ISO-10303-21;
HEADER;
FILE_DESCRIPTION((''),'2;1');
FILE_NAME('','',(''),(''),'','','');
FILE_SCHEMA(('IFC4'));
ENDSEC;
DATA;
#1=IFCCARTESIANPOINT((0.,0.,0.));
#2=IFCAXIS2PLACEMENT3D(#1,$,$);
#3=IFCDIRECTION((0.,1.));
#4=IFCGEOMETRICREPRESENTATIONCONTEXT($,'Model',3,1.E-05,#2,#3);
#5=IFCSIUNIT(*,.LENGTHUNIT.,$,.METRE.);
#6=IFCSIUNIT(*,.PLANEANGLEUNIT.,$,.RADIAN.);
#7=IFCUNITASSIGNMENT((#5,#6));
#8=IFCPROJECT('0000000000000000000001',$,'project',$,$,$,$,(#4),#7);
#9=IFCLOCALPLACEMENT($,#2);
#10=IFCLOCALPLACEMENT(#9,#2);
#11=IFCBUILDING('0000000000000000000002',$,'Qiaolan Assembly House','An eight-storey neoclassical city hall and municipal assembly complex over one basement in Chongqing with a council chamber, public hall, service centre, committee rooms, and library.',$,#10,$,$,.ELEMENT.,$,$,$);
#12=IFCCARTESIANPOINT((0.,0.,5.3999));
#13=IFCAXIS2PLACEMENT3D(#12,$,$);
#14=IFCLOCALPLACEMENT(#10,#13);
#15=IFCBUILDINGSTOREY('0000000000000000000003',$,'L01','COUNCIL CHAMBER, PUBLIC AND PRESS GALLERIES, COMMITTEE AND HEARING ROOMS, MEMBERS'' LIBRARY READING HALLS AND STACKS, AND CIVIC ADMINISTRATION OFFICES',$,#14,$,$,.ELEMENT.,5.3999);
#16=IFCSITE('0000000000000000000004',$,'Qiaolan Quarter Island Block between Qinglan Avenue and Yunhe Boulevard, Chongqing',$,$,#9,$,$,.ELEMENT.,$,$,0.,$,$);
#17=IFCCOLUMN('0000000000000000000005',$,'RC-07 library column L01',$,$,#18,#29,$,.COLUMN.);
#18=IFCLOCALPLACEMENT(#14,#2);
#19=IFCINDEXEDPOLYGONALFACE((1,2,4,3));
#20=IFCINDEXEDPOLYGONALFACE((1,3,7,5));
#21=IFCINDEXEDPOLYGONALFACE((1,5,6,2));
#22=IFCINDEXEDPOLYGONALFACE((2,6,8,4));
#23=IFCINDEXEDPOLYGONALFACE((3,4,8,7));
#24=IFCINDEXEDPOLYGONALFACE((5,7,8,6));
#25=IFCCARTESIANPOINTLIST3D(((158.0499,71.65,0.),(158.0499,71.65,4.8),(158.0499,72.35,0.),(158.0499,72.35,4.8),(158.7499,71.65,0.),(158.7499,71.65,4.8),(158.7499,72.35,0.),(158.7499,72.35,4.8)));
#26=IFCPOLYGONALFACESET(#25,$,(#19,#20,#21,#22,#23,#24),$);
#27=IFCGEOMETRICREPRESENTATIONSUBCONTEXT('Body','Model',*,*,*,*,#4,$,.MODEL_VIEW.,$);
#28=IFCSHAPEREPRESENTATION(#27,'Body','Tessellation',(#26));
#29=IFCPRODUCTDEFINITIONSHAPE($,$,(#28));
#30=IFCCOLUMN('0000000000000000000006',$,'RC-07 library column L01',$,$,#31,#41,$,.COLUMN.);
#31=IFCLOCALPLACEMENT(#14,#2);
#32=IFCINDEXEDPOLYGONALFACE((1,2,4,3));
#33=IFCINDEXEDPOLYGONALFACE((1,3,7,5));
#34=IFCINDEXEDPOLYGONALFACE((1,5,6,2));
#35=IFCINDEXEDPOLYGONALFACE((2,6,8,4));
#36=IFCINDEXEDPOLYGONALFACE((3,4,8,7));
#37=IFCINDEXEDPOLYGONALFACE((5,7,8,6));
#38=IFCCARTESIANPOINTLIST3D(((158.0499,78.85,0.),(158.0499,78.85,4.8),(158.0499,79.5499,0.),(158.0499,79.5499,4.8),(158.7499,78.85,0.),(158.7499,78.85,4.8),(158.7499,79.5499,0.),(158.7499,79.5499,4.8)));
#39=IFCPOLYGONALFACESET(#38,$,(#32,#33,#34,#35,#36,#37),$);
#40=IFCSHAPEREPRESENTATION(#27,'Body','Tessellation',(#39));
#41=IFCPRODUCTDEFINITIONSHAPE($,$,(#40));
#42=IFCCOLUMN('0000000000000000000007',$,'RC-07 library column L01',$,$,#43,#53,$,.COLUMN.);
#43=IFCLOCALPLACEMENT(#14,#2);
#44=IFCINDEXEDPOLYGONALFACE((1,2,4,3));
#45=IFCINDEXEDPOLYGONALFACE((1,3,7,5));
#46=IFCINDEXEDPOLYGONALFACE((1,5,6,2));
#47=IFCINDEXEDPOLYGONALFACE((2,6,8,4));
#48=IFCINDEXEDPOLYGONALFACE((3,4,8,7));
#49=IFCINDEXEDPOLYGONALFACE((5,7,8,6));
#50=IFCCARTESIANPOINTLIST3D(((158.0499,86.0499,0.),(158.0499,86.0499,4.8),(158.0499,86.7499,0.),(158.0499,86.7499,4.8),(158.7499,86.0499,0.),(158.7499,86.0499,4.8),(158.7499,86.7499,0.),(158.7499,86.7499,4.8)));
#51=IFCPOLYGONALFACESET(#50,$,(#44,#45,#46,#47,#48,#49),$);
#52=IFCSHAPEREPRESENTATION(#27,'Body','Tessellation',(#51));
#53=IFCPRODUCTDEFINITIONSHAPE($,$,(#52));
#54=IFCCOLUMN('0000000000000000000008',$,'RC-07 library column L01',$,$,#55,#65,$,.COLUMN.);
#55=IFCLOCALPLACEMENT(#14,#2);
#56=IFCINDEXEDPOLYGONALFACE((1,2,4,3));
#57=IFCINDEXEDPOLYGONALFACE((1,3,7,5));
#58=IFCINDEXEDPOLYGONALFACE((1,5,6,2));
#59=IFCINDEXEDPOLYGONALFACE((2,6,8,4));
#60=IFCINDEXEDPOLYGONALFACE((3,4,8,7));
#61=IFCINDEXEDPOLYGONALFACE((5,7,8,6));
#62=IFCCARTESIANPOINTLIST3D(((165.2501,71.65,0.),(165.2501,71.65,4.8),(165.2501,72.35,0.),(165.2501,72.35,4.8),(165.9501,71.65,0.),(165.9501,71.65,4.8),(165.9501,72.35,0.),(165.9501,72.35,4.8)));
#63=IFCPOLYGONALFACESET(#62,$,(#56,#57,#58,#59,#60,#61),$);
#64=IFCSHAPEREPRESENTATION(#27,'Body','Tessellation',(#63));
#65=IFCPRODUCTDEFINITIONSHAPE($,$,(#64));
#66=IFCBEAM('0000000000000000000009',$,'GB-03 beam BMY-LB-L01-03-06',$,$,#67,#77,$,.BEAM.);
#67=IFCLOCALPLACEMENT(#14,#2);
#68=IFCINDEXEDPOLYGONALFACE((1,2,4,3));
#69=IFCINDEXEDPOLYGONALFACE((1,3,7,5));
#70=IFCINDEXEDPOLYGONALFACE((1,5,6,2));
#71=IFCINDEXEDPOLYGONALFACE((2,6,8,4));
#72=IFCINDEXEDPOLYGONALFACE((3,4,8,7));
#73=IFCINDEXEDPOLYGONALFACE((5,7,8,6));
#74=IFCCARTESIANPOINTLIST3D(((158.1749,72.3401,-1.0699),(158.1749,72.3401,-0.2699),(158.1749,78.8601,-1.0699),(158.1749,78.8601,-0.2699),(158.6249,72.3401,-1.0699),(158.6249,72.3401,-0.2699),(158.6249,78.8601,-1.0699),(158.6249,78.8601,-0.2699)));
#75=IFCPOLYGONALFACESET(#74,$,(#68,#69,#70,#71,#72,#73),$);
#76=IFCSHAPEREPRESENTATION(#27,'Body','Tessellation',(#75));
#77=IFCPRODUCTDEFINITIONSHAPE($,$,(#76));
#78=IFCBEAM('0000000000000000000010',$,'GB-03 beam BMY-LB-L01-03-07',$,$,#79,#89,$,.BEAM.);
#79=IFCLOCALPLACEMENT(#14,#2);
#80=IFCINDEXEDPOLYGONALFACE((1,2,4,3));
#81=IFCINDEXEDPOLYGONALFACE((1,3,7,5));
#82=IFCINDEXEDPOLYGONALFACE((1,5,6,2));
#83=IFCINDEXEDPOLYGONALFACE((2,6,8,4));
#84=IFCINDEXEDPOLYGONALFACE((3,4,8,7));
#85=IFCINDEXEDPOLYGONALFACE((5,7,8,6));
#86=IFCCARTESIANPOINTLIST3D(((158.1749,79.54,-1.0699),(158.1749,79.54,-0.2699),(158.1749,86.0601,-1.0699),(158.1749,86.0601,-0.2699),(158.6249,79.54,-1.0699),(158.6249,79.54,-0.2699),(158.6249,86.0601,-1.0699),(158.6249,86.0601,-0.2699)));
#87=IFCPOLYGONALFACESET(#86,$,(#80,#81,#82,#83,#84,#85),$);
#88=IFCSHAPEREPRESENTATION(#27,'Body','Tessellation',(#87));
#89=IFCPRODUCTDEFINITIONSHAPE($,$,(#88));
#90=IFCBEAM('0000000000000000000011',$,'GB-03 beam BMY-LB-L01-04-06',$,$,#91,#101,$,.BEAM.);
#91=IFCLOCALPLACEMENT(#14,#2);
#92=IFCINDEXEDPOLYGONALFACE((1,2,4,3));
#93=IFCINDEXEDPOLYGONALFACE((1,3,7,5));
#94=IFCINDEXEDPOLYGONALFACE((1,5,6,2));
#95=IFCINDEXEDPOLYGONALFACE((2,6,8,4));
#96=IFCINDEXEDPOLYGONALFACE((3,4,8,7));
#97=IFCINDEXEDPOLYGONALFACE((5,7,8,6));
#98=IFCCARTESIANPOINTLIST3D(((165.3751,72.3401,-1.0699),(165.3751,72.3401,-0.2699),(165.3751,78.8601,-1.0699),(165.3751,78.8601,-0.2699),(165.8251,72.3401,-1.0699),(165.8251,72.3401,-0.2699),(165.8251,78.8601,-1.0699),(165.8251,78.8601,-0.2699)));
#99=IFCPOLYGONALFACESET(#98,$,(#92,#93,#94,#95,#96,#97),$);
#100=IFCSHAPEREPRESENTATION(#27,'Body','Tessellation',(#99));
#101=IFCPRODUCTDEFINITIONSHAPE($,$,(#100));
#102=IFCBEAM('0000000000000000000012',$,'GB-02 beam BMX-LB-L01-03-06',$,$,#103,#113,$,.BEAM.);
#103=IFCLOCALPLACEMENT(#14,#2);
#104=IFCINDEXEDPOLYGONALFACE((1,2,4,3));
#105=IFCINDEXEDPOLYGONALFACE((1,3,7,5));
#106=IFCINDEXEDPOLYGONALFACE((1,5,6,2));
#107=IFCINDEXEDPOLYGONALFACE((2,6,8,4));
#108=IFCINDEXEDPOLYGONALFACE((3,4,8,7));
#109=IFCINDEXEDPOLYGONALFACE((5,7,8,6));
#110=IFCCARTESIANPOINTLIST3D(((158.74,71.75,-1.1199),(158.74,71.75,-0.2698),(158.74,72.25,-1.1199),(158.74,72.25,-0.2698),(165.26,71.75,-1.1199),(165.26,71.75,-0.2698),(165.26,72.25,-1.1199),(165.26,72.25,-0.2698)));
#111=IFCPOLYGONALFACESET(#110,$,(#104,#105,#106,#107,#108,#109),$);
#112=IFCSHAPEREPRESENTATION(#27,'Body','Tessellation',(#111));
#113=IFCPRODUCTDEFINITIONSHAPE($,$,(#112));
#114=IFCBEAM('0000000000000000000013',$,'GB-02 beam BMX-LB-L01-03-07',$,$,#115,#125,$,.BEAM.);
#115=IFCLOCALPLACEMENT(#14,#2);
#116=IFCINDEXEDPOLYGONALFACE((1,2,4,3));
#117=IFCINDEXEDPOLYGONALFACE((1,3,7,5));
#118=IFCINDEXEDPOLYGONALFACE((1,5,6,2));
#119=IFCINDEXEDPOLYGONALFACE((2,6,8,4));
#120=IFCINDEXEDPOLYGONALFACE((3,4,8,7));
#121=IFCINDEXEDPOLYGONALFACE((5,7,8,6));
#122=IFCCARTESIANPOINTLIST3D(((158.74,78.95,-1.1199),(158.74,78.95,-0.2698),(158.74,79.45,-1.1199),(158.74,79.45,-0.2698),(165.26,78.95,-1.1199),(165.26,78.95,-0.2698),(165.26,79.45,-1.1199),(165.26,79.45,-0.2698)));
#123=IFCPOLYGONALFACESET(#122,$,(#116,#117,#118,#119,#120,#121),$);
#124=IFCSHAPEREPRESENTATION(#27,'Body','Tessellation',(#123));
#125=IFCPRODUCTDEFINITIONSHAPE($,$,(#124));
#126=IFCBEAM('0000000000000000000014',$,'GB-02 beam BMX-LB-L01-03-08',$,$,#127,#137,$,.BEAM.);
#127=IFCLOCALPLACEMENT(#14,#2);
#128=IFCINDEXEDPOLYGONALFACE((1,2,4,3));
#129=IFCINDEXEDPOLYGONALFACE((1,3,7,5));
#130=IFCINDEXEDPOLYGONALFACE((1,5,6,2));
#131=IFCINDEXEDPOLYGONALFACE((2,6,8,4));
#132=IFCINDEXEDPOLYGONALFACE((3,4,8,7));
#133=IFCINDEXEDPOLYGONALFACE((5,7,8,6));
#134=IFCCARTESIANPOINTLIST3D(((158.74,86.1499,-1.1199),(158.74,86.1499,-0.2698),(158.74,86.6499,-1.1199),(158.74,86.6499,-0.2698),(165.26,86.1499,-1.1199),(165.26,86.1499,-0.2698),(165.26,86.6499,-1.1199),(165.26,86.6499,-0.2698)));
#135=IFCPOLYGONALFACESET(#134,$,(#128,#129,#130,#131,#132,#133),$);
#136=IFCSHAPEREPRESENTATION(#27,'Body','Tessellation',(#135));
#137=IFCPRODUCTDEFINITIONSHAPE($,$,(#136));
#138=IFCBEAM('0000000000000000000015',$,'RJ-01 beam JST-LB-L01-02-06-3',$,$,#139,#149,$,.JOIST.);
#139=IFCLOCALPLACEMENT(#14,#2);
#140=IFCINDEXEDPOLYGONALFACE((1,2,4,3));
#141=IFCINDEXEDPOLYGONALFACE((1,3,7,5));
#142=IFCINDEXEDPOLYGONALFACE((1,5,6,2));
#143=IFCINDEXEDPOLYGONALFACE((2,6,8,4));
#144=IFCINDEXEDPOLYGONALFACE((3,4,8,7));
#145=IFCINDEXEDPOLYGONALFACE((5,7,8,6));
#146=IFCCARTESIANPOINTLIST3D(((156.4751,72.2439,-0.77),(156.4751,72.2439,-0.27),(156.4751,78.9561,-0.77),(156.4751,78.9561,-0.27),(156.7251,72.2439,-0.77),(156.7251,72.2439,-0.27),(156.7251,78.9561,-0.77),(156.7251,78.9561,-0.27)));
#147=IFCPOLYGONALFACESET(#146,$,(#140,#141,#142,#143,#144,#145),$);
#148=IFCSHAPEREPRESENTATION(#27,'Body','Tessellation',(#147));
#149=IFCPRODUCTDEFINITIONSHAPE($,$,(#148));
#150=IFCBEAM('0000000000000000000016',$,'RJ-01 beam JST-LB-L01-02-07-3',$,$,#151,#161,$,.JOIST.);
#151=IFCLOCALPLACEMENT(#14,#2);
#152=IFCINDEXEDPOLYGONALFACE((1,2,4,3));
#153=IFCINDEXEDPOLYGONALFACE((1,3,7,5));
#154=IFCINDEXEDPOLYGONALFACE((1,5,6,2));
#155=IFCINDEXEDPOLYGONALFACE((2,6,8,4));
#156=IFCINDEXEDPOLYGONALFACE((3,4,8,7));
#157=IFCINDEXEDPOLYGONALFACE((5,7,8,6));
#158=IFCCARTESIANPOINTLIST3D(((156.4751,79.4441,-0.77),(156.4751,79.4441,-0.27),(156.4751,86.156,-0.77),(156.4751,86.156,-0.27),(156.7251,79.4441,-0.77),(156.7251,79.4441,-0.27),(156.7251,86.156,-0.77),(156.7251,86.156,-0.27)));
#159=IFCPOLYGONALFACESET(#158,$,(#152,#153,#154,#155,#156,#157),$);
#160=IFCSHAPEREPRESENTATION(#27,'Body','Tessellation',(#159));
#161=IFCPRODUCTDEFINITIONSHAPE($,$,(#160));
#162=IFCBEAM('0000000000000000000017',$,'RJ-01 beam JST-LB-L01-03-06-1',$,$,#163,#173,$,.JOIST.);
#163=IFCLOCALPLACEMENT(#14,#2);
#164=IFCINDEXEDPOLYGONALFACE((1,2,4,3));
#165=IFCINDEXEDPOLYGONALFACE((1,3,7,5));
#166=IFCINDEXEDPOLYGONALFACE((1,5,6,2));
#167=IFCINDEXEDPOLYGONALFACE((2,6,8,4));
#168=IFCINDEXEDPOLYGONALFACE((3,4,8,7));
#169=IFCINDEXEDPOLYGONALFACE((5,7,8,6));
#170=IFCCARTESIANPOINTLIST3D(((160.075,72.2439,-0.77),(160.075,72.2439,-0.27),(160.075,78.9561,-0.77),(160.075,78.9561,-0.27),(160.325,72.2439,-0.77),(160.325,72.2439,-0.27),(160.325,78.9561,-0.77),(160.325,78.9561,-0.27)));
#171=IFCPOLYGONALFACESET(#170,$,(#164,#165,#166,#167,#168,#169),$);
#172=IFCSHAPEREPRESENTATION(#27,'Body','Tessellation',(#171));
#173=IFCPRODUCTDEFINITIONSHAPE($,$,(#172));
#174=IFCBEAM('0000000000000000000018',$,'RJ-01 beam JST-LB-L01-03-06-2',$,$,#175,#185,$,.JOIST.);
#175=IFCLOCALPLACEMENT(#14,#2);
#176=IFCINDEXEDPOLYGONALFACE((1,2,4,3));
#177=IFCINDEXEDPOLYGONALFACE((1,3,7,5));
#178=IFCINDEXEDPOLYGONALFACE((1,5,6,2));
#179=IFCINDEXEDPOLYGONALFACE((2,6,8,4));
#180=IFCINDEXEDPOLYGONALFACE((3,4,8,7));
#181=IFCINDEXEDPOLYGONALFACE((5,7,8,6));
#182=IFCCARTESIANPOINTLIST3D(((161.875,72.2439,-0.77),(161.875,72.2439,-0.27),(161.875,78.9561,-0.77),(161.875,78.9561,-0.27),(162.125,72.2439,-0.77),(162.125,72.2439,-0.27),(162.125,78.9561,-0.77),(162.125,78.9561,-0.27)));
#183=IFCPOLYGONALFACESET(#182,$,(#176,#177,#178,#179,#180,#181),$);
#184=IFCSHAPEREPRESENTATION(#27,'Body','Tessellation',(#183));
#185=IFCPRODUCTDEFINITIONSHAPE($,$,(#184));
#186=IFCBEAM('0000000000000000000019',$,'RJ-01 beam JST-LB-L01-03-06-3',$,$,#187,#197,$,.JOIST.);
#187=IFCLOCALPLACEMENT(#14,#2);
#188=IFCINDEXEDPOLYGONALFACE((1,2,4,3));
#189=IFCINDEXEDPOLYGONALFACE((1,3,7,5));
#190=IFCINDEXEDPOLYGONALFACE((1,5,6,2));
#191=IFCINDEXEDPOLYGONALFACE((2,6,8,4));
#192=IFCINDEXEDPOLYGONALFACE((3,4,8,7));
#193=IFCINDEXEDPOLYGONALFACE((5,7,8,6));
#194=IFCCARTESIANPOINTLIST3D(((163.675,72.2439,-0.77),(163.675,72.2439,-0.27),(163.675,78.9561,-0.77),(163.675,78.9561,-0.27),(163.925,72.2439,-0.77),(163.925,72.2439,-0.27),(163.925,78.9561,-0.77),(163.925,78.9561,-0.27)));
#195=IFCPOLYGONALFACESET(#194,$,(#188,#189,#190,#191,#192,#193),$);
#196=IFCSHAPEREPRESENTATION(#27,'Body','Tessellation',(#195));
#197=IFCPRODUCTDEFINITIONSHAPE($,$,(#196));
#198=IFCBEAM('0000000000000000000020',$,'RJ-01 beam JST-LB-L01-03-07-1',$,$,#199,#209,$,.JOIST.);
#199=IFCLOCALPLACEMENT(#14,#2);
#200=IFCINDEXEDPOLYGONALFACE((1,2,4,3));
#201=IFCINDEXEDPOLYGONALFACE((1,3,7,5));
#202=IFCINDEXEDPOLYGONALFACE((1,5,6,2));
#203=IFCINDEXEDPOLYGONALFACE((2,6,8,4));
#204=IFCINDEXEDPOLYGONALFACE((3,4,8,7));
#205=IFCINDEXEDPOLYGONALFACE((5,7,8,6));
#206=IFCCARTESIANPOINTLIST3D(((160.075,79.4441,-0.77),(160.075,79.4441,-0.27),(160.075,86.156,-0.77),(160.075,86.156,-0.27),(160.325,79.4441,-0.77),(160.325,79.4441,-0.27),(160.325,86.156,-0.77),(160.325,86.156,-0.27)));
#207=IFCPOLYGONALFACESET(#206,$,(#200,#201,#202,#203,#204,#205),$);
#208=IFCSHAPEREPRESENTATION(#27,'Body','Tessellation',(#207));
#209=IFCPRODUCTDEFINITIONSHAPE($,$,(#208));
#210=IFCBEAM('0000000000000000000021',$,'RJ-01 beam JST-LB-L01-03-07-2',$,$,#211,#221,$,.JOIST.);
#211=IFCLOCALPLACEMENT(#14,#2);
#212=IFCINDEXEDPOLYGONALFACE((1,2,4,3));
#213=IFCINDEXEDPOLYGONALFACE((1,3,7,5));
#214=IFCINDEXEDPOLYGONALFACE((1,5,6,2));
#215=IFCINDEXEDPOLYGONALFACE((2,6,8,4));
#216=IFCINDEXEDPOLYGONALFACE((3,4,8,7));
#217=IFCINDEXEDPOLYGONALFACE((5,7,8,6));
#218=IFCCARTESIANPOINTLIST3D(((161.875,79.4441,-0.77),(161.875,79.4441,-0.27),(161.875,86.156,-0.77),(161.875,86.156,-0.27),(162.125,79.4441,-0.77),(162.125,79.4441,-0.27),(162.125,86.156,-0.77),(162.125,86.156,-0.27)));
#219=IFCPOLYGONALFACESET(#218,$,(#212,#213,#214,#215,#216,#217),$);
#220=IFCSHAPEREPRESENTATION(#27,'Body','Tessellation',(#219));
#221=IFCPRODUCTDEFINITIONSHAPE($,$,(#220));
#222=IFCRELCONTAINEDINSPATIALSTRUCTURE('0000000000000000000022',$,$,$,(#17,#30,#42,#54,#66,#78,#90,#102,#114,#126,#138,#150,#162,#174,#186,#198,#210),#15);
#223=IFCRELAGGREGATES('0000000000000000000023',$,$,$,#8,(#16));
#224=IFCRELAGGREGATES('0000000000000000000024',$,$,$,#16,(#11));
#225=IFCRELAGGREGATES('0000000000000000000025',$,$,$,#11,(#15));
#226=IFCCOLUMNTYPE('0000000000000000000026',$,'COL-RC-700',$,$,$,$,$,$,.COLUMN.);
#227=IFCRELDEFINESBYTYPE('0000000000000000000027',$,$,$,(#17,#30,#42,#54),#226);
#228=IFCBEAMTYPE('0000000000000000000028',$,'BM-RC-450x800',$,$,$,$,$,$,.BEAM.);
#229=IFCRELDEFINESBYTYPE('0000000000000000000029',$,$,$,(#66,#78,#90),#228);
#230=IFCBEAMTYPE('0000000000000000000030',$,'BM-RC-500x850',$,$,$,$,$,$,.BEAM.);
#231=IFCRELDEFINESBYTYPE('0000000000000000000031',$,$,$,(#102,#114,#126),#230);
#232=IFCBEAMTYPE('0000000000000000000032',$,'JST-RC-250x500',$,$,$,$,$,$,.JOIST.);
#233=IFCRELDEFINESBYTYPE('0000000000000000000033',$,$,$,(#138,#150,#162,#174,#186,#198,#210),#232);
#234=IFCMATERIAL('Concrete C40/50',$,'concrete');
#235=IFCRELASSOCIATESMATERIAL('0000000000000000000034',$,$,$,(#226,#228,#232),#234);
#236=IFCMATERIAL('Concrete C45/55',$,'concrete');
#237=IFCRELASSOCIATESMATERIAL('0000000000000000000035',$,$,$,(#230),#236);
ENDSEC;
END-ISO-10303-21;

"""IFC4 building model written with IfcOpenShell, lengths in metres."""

from ifc_helpers import new_model, si_unit, direction, frame, origin, origin_2d, place, context, subcontext, project, spatial, rectangle, extrude, material, material_profile, profile_set, type_object, element, save


model = new_model("IFC4")

# Units and contexts
model_context = context("Model", 3, precision=1e-05, world=origin(), true_north=direction((0.0, 1.0)))
body_context = subcontext(model_context, "Body", "Model", "MODEL_VIEW")
ifc_project = project(units=[si_unit("LENGTHUNIT", "METRE"), si_unit("PLANEANGLEUNIT", "RADIAN")], contexts=[model_context])

# Site, building, storey
site_placement = place(None, origin())
site = spatial("IfcSite", under=ifc_project, at=site_placement, Name="Qiaolan Quarter Island Block between Qinglan Avenue and Yunhe Boulevard, Chongqing", CompositionType="ELEMENT", RefElevation=0.0)
building_placement = place(site_placement, origin())
building = spatial("IfcBuilding", under=site, at=building_placement, Name="Qiaolan Assembly House", Description="An eight-storey neoclassical city hall and municipal assembly complex over one basement in Chongqing with a council chamber, public hall, service centre, committee rooms, and library.", CompositionType="ELEMENT")
storey_placement = place(building_placement, frame((0.0, 0.0, 5.3999)))
storey = spatial("IfcBuildingStorey", under=building, at=storey_placement, Name="L01", Description="COUNCIL CHAMBER, PUBLIC AND PRESS GALLERIES, COMMITTEE AND HEARING ROOMS, MEMBERS' LIBRARY READING HALLS AND STACKS, AND CIVIC ADMINISTRATION OFFICES", CompositionType="ELEMENT", Elevation=5.3999)

# Columns
ifc_material_1 = material(Name="Concrete C40/50", Category="concrete")
ifc_material_profile_1 = material_profile(ifc_material_1, rectangle(XDim=0.7, YDim=0.7, at=origin_2d()), Name="RC 700x700")
ifc_profile_set_1 = profile_set([ifc_material_profile_1], Name="Concrete C40/50")
column_type = type_object("IfcColumnType", Name="COL-RC-700", PredefinedType="COLUMN", material=ifc_profile_set_1)
for number, where, z_axis, x_axis, name in (
    (1, (158.3999, 72.0, 0.0), (0.0, 0.0, 1.0), (1.0, 0.0, 0.0), "RC-07 library column L01"),
    (2, (158.3999, 79.2, 0.0), (0.0, 0.0, 1.0), (1.0, 0.0, 0.0), "RC-07 library column L01"),
    (3, (158.3999, 86.3999, 0.0), (0.0, 0.0, 1.0), (1.0, 0.0, 0.0), "RC-07 library column L01"),
    (4, (165.6001, 72.0, 0.0), (0.0, 0.0, 1.0), (1.0, 0.0, 0.0), "RC-07 library column L01"),
):
    element("IfcColumn", number, at=place(storey_placement, frame(where, z_axis=z_axis, x_axis=x_axis)), inside=storey, type_object=column_type, Name=name, PredefinedType="COLUMN", context=body_context, shape_type="SweptSolid", body=[
        extrude(rectangle(XDim=0.7, YDim=0.7, at=origin_2d()), origin(), (0.0, 0.0, 1.0), 4.8),
    ])

# Beams
ifc_material_profile_2 = material_profile(ifc_material_1, rectangle(XDim=0.45, YDim=0.8, at=origin_2d()), Name="RCB 450x800")
ifc_profile_set_2 = profile_set([ifc_material_profile_2], Name="Concrete C40/50")
beam_type_1 = type_object("IfcBeamType", Name="BM-RC-450x800", PredefinedType="BEAM", material=ifc_profile_set_2)
for number, where, z_axis, x_axis, name in (
    (5, (158.3999, 72.3401, -0.6699), (0.0, 1.0, 0.0), (-1.0, 0.0, 0.0), "GB-03 beam BMY-LB-L01-03-06"),
    (6, (158.3999, 79.54, -0.6699), (0.0, 1.0, 0.0), (-1.0, 0.0, 0.0), "GB-03 beam BMY-LB-L01-03-07"),
    (7, (165.6001, 72.3401, -0.6699), (0.0, 1.0, 0.0), (-1.0, 0.0, 0.0), "GB-03 beam BMY-LB-L01-04-06"),
):
    element("IfcBeam", number, at=place(storey_placement, frame(where, z_axis=z_axis, x_axis=x_axis)), inside=storey, type_object=beam_type_1, Name=name, PredefinedType="BEAM", context=body_context, shape_type="SweptSolid", body=[
        extrude(rectangle(XDim=0.45, YDim=0.8, at=origin_2d()), origin(), (0.0, 0.0, 1.0), 6.52),
    ])
ifc_material_2 = material(Name="Concrete C45/55", Category="concrete")
ifc_material_profile_3 = material_profile(ifc_material_2, rectangle(XDim=0.5, YDim=0.8501, at=origin_2d()), Name="RCB 500x850")
ifc_profile_set_3 = profile_set([ifc_material_profile_3], Name="Concrete C45/55")
beam_type_2 = type_object("IfcBeamType", Name="BM-RC-500x850", PredefinedType="BEAM", material=ifc_profile_set_3)
for number, where, z_axis, x_axis, name in (
    (8, (158.74, 72.0, -0.6948), (1.0, 0.0, 0.0), (0.0, 1.0, 0.0), "GB-02 beam BMX-LB-L01-03-06"),
    (9, (158.74, 79.2, -0.6948), (1.0, 0.0, 0.0), (0.0, 1.0, 0.0), "GB-02 beam BMX-LB-L01-03-07"),
    (10, (158.74, 86.3999, -0.6948), (1.0, 0.0, 0.0), (0.0, 1.0, 0.0), "GB-02 beam BMX-LB-L01-03-08"),
):
    element("IfcBeam", number, at=place(storey_placement, frame(where, z_axis=z_axis, x_axis=x_axis)), inside=storey, type_object=beam_type_2, Name=name, PredefinedType="BEAM", context=body_context, shape_type="SweptSolid", body=[
        extrude(rectangle(XDim=0.5, YDim=0.8501, at=origin_2d()), origin(), (0.0, 0.0, 1.0), 6.52),
    ])
ifc_material_profile_4 = material_profile(ifc_material_1, rectangle(XDim=0.25, YDim=0.5, at=origin_2d()), Name="RCB 250x500")
ifc_profile_set_4 = profile_set([ifc_material_profile_4], Name="Concrete C40/50")
beam_type_3 = type_object("IfcBeamType", Name="JST-RC-250x500", PredefinedType="JOIST", material=ifc_profile_set_4)
beam_1_placement = place(storey_placement, frame((156.6001, 72.2439, -0.52), z_axis=(0.0, 1.0, 0.0), x_axis=(-1.0, 0.0, 0.0)))
element("IfcBeam", 11, at=beam_1_placement, inside=storey, type_object=beam_type_3, Name="RJ-01 beam JST-LB-L01-02-06-3", PredefinedType="JOIST", context=body_context, shape_type="SweptSolid", body=[
    extrude(rectangle(XDim=0.25, YDim=0.5, at=origin_2d()), origin(), (0.0, 0.0, 1.0), 6.7122),
])
beam_2_placement = place(storey_placement, frame((156.6001, 79.4441, -0.52), z_axis=(0.0, 1.0, 0.0), x_axis=(-1.0, 0.0, 0.0)))
element("IfcBeam", 12, at=beam_2_placement, inside=storey, type_object=beam_type_3, Name="RJ-01 beam JST-LB-L01-02-07-3", PredefinedType="JOIST", context=body_context, shape_type="SweptSolid", body=[
    extrude(rectangle(XDim=0.25, YDim=0.5, at=origin_2d()), origin(), (0.0, 0.0, 1.0), 6.7119),
])
for number, where, z_axis, x_axis, name in (
    (13, (160.2, 72.2439, -0.52), (0.0, 1.0, 0.0), (-1.0, 0.0, 0.0), "RJ-01 beam JST-LB-L01-03-06-1"),
    (14, (162.0, 72.2439, -0.52), (0.0, 1.0, 0.0), (-1.0, 0.0, 0.0), "RJ-01 beam JST-LB-L01-03-06-2"),
    (15, (163.8, 72.2439, -0.52), (0.0, 1.0, 0.0), (-1.0, 0.0, 0.0), "RJ-01 beam JST-LB-L01-03-06-3"),
):
    element("IfcBeam", number, at=place(storey_placement, frame(where, z_axis=z_axis, x_axis=x_axis)), inside=storey, type_object=beam_type_3, Name=name, PredefinedType="JOIST", context=body_context, shape_type="SweptSolid", body=[
        extrude(rectangle(XDim=0.25, YDim=0.5, at=origin_2d()), origin(), (0.0, 0.0, 1.0), 6.7122),
    ])
for number, where, z_axis, x_axis, name in (
    (16, (160.2, 79.4441, -0.52), (0.0, 1.0, 0.0), (-1.0, 0.0, 0.0), "RJ-01 beam JST-LB-L01-03-07-1"),
    (17, (162.0, 79.4441, -0.52), (0.0, 1.0, 0.0), (-1.0, 0.0, 0.0), "RJ-01 beam JST-LB-L01-03-07-2"),
):
    element("IfcBeam", number, at=place(storey_placement, frame(where, z_axis=z_axis, x_axis=x_axis)), inside=storey, type_object=beam_type_3, Name=name, PredefinedType="JOIST", context=body_context, shape_type="SweptSolid", body=[
        extrude(rectangle(XDim=0.25, YDim=0.5, at=origin_2d()), origin(), (0.0, 0.0, 1.0), 6.7119),
    ])

save(model, "model.ifc")
